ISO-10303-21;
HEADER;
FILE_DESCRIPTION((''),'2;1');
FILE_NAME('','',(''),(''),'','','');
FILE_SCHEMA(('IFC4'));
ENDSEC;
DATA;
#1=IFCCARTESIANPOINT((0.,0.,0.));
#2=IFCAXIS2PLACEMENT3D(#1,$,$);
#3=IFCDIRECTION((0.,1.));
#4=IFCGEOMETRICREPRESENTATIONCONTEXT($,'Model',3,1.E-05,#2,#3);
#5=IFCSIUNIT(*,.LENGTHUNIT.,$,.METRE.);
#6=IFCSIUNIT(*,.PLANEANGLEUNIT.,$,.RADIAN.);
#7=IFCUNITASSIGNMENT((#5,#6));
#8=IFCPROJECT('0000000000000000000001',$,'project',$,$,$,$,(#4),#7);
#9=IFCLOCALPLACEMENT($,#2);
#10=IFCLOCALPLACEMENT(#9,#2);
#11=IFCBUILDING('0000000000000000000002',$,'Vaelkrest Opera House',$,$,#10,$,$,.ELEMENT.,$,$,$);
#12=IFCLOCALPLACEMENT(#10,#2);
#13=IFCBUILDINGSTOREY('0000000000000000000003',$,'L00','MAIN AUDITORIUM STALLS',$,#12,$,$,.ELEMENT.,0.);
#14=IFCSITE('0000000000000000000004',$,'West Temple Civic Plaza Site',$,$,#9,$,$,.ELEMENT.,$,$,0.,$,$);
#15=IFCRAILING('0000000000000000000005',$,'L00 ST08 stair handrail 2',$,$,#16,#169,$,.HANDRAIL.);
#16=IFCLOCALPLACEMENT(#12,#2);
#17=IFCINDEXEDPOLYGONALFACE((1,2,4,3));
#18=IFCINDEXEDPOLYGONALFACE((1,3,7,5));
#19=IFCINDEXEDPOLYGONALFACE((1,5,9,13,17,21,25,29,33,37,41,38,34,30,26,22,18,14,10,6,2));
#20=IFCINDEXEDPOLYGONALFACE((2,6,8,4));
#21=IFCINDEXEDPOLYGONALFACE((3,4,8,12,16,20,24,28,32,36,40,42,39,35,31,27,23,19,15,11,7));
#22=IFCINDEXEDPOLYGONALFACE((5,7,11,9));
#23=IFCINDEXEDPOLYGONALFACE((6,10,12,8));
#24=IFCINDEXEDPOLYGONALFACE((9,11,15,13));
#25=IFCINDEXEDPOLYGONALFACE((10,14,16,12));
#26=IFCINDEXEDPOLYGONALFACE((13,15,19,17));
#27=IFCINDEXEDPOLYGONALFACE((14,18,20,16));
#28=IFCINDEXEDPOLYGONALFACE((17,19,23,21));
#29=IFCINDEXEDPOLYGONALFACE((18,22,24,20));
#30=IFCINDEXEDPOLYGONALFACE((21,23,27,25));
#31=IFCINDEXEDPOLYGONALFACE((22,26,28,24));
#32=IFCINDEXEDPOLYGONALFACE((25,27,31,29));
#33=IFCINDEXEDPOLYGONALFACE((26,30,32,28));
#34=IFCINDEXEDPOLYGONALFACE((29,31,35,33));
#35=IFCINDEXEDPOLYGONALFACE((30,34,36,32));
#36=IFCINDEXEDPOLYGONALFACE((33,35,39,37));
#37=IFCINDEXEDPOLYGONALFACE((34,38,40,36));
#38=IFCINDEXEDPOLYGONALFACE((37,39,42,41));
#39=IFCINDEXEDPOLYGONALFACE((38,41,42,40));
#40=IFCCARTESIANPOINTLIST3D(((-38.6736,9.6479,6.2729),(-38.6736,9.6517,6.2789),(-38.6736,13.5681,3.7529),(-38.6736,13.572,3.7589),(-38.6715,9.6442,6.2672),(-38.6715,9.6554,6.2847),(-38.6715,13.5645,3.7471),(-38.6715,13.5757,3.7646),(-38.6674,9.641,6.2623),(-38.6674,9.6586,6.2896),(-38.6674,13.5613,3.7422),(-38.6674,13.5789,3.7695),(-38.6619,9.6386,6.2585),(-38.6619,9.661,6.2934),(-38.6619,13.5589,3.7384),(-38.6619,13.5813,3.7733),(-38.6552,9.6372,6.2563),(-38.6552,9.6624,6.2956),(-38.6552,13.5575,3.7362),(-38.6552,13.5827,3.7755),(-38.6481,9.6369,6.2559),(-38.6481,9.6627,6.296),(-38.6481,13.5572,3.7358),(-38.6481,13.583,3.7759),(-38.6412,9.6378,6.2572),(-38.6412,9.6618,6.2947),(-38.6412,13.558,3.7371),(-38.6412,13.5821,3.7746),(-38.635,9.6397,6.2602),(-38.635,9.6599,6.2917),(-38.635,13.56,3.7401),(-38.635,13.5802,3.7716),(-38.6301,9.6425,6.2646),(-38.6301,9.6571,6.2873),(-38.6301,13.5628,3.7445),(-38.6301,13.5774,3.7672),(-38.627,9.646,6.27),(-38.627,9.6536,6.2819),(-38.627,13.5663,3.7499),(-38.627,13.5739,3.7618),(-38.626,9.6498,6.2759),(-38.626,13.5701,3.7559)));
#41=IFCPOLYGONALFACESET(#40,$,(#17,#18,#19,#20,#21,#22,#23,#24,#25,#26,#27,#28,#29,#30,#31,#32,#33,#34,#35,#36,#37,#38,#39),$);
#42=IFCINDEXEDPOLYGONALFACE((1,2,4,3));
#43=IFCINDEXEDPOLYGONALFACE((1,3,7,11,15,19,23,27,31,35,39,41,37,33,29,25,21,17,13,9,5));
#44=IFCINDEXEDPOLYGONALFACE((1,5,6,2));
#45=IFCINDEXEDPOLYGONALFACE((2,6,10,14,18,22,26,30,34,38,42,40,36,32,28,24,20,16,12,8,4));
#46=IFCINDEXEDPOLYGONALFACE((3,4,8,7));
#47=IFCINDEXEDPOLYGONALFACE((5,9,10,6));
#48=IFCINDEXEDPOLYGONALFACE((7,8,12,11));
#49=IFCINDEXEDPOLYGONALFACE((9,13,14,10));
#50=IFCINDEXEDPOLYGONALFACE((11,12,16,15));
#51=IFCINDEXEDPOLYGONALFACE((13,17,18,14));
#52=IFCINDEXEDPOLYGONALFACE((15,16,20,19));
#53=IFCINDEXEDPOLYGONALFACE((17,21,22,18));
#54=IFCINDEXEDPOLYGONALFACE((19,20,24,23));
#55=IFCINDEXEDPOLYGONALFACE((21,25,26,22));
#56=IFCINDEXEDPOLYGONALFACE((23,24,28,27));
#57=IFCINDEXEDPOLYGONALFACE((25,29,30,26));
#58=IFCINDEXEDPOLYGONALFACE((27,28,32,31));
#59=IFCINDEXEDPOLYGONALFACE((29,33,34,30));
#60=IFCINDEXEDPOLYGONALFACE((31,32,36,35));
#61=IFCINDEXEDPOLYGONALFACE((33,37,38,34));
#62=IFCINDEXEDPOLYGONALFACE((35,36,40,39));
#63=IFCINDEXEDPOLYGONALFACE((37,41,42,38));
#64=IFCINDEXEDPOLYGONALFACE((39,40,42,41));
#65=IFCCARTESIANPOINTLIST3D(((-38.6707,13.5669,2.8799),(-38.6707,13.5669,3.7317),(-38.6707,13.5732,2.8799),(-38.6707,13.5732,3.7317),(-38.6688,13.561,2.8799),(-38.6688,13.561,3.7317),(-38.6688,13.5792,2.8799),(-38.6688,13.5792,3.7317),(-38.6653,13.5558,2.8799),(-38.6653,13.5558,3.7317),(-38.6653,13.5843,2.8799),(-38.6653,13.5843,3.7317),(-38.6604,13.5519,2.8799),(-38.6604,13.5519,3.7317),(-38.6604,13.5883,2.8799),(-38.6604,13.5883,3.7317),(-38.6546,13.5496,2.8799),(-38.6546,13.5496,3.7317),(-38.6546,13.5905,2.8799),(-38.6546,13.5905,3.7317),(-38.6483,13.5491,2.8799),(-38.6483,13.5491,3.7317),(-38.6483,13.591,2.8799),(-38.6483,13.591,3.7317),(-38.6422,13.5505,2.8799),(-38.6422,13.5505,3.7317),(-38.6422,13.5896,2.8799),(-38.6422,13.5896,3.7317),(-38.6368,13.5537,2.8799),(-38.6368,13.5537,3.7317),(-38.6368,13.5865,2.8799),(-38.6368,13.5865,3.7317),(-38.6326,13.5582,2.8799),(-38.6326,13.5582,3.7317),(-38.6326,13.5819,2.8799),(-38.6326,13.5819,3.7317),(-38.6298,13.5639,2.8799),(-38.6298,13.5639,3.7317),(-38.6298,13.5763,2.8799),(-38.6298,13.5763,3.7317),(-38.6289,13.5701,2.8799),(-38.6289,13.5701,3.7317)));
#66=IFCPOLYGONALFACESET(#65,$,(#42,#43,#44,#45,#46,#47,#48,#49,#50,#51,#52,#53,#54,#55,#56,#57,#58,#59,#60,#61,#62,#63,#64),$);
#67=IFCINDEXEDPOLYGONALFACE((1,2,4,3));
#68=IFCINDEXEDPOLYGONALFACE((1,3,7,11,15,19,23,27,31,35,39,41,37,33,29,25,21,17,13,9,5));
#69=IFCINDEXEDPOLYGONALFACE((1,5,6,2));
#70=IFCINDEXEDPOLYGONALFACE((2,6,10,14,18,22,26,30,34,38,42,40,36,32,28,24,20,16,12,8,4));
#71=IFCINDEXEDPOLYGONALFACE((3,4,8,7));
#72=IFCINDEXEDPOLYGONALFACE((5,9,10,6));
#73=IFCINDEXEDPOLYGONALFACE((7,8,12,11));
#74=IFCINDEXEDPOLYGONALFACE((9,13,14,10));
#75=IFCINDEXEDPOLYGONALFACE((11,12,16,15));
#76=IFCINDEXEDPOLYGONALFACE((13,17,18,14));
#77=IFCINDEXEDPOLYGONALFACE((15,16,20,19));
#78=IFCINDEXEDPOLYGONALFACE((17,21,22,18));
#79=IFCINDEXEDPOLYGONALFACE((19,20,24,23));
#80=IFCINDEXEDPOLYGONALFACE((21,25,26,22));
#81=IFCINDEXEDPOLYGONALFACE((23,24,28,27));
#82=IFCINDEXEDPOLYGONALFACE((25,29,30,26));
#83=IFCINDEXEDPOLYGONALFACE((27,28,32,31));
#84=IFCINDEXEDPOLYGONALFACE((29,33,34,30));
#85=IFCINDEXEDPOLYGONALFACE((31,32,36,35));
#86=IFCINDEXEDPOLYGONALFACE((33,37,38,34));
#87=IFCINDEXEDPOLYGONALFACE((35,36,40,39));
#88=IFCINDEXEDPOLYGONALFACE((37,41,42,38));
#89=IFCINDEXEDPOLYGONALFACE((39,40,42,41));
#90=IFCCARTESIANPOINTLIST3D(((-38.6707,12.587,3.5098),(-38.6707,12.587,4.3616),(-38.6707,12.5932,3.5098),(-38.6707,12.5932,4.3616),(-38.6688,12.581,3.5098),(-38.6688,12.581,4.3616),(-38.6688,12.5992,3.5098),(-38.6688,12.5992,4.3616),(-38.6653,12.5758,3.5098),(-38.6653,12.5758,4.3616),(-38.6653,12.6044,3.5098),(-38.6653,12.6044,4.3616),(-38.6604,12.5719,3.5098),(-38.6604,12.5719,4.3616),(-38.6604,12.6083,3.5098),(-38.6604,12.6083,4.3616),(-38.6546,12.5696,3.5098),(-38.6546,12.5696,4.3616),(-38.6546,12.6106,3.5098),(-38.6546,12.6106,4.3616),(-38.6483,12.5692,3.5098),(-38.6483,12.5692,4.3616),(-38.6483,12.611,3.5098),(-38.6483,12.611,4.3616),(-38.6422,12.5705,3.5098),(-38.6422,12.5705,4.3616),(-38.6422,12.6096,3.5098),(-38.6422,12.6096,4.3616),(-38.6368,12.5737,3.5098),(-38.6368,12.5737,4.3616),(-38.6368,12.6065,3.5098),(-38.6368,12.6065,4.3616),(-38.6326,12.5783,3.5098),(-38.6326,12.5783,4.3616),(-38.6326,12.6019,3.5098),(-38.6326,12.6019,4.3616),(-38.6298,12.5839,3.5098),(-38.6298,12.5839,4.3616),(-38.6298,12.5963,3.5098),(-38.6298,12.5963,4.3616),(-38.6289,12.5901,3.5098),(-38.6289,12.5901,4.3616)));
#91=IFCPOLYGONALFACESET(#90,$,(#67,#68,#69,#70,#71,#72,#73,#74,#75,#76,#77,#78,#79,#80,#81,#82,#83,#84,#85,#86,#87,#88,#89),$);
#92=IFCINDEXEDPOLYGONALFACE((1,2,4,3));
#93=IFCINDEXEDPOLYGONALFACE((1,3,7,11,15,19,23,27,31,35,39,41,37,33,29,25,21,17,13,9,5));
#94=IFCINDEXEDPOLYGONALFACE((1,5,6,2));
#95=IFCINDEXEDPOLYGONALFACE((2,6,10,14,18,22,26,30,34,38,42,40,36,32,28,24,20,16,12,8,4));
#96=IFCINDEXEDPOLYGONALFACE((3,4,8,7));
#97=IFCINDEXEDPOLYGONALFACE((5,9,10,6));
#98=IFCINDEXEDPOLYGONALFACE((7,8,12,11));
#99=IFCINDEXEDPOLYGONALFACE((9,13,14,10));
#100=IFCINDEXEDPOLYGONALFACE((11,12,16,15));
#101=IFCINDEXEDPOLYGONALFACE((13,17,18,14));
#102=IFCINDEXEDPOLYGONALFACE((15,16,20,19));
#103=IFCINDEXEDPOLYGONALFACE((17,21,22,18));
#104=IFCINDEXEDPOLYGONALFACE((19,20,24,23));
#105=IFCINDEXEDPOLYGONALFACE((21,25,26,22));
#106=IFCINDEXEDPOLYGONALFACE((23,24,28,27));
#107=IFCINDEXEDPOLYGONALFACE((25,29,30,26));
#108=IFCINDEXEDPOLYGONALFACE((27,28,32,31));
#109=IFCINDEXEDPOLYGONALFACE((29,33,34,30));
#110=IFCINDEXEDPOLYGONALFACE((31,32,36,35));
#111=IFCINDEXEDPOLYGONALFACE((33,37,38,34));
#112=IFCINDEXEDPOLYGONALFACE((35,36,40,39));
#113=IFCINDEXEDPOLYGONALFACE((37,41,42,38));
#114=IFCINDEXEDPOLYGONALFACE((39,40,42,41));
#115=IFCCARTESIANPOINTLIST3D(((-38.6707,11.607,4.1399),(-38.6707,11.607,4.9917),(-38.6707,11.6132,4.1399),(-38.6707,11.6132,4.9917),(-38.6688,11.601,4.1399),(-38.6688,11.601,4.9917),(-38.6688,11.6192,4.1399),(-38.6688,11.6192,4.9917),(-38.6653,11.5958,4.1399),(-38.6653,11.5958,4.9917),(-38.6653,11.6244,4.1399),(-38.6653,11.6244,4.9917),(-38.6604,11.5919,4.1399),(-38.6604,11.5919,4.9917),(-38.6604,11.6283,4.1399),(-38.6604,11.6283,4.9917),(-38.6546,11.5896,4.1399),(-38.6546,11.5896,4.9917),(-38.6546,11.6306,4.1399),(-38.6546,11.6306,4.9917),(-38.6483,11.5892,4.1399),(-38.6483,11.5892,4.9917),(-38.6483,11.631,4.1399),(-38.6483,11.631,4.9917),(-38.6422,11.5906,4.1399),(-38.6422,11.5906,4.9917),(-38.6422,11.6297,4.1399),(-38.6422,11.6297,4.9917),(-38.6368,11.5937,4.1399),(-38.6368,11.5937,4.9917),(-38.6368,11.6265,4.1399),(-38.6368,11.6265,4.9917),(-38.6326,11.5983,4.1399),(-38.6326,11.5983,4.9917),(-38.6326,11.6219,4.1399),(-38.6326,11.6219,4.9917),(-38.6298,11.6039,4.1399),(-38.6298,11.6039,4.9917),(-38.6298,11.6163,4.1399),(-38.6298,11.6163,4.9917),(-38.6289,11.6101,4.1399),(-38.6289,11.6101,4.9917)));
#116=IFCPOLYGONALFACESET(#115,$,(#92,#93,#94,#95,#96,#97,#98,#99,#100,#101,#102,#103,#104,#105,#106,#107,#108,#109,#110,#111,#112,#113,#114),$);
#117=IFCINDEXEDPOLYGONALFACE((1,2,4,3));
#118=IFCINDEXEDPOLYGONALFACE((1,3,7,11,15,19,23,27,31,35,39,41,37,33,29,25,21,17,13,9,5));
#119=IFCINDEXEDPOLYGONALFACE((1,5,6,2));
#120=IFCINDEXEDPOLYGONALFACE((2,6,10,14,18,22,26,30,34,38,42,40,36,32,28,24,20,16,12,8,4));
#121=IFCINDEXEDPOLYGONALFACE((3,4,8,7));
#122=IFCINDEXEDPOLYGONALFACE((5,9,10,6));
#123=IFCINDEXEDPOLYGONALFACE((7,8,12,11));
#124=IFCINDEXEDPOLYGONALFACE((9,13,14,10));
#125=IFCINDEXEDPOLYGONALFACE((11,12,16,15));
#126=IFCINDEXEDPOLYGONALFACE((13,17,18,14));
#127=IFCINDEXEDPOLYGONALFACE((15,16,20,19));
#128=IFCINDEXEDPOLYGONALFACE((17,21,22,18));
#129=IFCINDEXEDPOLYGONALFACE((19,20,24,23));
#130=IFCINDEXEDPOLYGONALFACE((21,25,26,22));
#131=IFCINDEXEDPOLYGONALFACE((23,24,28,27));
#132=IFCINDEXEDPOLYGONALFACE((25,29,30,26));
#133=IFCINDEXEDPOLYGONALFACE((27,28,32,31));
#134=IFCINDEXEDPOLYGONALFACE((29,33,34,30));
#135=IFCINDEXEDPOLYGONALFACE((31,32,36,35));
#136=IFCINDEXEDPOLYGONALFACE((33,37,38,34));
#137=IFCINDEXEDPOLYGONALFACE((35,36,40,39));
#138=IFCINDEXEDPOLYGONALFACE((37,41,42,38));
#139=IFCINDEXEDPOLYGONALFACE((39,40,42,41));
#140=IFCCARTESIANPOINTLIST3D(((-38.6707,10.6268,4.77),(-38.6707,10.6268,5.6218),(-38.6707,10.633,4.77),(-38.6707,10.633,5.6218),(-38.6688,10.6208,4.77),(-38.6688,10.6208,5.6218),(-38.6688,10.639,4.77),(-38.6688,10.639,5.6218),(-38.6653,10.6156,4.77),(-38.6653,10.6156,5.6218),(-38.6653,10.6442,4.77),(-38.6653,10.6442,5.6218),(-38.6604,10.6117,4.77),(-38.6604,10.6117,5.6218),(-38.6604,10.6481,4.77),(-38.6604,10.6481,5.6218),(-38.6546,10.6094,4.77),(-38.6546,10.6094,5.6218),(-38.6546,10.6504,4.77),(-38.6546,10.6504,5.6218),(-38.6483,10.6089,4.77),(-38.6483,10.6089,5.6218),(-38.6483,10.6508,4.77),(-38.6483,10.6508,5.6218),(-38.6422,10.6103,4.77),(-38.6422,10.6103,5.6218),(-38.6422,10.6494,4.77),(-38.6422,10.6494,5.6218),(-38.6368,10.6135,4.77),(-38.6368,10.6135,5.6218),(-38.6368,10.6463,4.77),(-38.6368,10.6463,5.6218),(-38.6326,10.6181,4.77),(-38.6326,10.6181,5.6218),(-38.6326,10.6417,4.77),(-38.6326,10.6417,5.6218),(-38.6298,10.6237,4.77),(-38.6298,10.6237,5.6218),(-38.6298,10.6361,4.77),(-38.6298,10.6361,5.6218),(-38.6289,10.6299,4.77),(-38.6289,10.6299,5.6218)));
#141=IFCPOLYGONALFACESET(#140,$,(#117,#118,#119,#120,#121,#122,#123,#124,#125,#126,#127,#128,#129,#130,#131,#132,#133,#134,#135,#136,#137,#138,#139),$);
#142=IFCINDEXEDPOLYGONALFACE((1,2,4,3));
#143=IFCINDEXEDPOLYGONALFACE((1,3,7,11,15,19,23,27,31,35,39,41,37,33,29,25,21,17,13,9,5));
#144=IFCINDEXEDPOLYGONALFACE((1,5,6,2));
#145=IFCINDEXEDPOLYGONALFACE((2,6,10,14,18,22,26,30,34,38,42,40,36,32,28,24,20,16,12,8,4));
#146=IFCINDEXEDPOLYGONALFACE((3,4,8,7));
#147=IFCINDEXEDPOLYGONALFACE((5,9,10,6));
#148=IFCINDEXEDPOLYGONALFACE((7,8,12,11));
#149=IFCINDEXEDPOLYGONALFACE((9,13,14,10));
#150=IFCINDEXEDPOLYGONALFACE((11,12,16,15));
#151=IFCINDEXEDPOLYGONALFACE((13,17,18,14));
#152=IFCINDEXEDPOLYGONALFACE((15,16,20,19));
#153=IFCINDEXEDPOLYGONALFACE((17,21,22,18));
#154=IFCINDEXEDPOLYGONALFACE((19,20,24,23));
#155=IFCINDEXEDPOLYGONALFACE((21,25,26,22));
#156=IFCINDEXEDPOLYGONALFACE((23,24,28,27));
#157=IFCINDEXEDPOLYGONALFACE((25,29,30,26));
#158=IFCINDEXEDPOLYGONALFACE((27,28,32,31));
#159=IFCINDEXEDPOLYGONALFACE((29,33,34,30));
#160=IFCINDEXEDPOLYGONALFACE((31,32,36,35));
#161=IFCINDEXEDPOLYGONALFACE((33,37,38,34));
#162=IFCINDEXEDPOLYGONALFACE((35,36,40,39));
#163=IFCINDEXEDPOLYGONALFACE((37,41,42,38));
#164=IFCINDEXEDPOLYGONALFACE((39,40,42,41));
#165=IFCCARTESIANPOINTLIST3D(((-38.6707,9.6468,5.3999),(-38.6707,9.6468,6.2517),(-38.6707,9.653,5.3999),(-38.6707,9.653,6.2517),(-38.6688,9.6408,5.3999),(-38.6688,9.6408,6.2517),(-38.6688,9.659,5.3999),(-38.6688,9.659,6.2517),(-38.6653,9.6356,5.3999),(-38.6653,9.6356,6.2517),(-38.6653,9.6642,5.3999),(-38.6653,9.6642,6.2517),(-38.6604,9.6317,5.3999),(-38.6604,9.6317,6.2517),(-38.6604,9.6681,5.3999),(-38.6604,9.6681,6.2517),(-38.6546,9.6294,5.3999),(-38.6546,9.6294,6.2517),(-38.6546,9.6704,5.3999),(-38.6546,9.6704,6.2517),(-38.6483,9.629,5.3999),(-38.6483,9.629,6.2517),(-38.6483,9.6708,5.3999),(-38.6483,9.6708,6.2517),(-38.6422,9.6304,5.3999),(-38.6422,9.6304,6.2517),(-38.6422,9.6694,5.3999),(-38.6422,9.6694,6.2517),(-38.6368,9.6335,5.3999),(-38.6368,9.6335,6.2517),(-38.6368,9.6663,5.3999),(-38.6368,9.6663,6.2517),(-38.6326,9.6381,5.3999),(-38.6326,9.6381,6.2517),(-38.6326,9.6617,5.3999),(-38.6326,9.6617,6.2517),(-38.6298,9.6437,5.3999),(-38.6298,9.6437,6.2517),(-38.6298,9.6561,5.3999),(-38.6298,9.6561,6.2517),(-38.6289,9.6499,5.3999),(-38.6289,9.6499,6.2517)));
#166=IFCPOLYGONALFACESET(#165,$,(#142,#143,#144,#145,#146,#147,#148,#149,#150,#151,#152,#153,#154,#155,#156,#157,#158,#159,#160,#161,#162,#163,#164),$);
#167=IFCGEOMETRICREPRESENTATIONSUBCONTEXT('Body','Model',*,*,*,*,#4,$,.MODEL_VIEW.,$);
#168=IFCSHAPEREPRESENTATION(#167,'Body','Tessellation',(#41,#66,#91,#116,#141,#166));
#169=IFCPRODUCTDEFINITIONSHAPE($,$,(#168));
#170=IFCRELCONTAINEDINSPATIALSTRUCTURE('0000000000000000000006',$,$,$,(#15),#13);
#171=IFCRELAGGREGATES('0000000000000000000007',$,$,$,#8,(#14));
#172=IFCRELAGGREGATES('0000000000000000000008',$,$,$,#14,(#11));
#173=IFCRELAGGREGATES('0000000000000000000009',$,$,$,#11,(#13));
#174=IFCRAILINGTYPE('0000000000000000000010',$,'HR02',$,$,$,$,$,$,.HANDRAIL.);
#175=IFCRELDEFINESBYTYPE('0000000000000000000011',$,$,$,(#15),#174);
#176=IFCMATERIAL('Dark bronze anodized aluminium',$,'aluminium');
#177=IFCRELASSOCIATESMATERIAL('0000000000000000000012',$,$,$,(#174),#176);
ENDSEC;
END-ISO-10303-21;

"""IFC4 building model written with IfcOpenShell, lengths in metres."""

from ifc_helpers import new_model, si_unit, direction, frame, origin, origin_2d, place, context, subcontext, project, spatial, circle, extrude, material, type_object, element, save


model = new_model("IFC4")

# Units and contexts
model_context = context("Model", 3, precision=1e-05, world=origin(), true_north=direction((0.0, 1.0)))
body_context = subcontext(model_context, "Body", "Model", "MODEL_VIEW")
ifc_project = project(units=[si_unit("LENGTHUNIT", "METRE"), si_unit("PLANEANGLEUNIT", "RADIAN")], contexts=[model_context])

# Site, building, storey
site_placement = place(None, origin())
site = spatial("IfcSite", under=ifc_project, at=site_placement, Name="West Temple Civic Plaza Site", CompositionType="ELEMENT", RefElevation=0.0)
building_placement = place(site_placement, origin())
building = spatial("IfcBuilding", under=site, at=building_placement, Name="Vaelkrest Opera House", CompositionType="ELEMENT")
storey_placement = place(building_placement, origin())
storey = spatial("IfcBuildingStorey", under=building, at=storey_placement, Name="L00", Description="MAIN AUDITORIUM STALLS", CompositionType="ELEMENT", Elevation=0.0)

# Shared definitions
ifc_material_1 = material(Name="Dark bronze anodized aluminium", Category="aluminium")

# Railing
railing_type_1 = type_object("IfcRailingType", Name="HR02", PredefinedType="HANDRAIL", material=ifc_material_1)
railing_1_placement = place(storey_placement, frame((-38.6499, 13.5701, 2.8799)))
element("IfcRailing", 1, at=railing_1_placement, inside=storey, type_object=railing_type_1, Name="L00 ST08 stair handrail 2", PredefinedType="HANDRAIL", context=body_context, shape_type="SweptSolid", body=[
    extrude(circle(Radius=0.0239, at=origin_2d()), frame((0.0, 0.0, 0.876), z_axis=(0.0, -0.841187, 0.540744), x_axis=(1.0, 0.0, 0.0)), (0.0, 0.0, 1.0), 4.6604),
    extrude(circle(Radius=0.021, at=origin_2d()), origin(), (0.0, 0.0, 1.0), 0.8518),
    extrude(circle(Radius=0.021, at=origin_2d()), frame((0.0, -0.98, 0.6299)), (0.0, 0.0, 1.0), 0.8518),
    extrude(circle(Radius=0.021, at=origin_2d()), frame((0.0, -1.96, 1.26)), (0.0, 0.0, 1.0), 0.8518),
    extrude(circle(Radius=0.021, at=origin_2d()), frame((0.0, -2.9402, 1.8901)), (0.0, 0.0, 1.0), 0.8518),
    extrude(circle(Radius=0.021, at=origin_2d()), frame((0.0, -3.9202, 2.52)), (0.0, 0.0, 1.0), 0.8518),
])

save(model, "model.ifc")
